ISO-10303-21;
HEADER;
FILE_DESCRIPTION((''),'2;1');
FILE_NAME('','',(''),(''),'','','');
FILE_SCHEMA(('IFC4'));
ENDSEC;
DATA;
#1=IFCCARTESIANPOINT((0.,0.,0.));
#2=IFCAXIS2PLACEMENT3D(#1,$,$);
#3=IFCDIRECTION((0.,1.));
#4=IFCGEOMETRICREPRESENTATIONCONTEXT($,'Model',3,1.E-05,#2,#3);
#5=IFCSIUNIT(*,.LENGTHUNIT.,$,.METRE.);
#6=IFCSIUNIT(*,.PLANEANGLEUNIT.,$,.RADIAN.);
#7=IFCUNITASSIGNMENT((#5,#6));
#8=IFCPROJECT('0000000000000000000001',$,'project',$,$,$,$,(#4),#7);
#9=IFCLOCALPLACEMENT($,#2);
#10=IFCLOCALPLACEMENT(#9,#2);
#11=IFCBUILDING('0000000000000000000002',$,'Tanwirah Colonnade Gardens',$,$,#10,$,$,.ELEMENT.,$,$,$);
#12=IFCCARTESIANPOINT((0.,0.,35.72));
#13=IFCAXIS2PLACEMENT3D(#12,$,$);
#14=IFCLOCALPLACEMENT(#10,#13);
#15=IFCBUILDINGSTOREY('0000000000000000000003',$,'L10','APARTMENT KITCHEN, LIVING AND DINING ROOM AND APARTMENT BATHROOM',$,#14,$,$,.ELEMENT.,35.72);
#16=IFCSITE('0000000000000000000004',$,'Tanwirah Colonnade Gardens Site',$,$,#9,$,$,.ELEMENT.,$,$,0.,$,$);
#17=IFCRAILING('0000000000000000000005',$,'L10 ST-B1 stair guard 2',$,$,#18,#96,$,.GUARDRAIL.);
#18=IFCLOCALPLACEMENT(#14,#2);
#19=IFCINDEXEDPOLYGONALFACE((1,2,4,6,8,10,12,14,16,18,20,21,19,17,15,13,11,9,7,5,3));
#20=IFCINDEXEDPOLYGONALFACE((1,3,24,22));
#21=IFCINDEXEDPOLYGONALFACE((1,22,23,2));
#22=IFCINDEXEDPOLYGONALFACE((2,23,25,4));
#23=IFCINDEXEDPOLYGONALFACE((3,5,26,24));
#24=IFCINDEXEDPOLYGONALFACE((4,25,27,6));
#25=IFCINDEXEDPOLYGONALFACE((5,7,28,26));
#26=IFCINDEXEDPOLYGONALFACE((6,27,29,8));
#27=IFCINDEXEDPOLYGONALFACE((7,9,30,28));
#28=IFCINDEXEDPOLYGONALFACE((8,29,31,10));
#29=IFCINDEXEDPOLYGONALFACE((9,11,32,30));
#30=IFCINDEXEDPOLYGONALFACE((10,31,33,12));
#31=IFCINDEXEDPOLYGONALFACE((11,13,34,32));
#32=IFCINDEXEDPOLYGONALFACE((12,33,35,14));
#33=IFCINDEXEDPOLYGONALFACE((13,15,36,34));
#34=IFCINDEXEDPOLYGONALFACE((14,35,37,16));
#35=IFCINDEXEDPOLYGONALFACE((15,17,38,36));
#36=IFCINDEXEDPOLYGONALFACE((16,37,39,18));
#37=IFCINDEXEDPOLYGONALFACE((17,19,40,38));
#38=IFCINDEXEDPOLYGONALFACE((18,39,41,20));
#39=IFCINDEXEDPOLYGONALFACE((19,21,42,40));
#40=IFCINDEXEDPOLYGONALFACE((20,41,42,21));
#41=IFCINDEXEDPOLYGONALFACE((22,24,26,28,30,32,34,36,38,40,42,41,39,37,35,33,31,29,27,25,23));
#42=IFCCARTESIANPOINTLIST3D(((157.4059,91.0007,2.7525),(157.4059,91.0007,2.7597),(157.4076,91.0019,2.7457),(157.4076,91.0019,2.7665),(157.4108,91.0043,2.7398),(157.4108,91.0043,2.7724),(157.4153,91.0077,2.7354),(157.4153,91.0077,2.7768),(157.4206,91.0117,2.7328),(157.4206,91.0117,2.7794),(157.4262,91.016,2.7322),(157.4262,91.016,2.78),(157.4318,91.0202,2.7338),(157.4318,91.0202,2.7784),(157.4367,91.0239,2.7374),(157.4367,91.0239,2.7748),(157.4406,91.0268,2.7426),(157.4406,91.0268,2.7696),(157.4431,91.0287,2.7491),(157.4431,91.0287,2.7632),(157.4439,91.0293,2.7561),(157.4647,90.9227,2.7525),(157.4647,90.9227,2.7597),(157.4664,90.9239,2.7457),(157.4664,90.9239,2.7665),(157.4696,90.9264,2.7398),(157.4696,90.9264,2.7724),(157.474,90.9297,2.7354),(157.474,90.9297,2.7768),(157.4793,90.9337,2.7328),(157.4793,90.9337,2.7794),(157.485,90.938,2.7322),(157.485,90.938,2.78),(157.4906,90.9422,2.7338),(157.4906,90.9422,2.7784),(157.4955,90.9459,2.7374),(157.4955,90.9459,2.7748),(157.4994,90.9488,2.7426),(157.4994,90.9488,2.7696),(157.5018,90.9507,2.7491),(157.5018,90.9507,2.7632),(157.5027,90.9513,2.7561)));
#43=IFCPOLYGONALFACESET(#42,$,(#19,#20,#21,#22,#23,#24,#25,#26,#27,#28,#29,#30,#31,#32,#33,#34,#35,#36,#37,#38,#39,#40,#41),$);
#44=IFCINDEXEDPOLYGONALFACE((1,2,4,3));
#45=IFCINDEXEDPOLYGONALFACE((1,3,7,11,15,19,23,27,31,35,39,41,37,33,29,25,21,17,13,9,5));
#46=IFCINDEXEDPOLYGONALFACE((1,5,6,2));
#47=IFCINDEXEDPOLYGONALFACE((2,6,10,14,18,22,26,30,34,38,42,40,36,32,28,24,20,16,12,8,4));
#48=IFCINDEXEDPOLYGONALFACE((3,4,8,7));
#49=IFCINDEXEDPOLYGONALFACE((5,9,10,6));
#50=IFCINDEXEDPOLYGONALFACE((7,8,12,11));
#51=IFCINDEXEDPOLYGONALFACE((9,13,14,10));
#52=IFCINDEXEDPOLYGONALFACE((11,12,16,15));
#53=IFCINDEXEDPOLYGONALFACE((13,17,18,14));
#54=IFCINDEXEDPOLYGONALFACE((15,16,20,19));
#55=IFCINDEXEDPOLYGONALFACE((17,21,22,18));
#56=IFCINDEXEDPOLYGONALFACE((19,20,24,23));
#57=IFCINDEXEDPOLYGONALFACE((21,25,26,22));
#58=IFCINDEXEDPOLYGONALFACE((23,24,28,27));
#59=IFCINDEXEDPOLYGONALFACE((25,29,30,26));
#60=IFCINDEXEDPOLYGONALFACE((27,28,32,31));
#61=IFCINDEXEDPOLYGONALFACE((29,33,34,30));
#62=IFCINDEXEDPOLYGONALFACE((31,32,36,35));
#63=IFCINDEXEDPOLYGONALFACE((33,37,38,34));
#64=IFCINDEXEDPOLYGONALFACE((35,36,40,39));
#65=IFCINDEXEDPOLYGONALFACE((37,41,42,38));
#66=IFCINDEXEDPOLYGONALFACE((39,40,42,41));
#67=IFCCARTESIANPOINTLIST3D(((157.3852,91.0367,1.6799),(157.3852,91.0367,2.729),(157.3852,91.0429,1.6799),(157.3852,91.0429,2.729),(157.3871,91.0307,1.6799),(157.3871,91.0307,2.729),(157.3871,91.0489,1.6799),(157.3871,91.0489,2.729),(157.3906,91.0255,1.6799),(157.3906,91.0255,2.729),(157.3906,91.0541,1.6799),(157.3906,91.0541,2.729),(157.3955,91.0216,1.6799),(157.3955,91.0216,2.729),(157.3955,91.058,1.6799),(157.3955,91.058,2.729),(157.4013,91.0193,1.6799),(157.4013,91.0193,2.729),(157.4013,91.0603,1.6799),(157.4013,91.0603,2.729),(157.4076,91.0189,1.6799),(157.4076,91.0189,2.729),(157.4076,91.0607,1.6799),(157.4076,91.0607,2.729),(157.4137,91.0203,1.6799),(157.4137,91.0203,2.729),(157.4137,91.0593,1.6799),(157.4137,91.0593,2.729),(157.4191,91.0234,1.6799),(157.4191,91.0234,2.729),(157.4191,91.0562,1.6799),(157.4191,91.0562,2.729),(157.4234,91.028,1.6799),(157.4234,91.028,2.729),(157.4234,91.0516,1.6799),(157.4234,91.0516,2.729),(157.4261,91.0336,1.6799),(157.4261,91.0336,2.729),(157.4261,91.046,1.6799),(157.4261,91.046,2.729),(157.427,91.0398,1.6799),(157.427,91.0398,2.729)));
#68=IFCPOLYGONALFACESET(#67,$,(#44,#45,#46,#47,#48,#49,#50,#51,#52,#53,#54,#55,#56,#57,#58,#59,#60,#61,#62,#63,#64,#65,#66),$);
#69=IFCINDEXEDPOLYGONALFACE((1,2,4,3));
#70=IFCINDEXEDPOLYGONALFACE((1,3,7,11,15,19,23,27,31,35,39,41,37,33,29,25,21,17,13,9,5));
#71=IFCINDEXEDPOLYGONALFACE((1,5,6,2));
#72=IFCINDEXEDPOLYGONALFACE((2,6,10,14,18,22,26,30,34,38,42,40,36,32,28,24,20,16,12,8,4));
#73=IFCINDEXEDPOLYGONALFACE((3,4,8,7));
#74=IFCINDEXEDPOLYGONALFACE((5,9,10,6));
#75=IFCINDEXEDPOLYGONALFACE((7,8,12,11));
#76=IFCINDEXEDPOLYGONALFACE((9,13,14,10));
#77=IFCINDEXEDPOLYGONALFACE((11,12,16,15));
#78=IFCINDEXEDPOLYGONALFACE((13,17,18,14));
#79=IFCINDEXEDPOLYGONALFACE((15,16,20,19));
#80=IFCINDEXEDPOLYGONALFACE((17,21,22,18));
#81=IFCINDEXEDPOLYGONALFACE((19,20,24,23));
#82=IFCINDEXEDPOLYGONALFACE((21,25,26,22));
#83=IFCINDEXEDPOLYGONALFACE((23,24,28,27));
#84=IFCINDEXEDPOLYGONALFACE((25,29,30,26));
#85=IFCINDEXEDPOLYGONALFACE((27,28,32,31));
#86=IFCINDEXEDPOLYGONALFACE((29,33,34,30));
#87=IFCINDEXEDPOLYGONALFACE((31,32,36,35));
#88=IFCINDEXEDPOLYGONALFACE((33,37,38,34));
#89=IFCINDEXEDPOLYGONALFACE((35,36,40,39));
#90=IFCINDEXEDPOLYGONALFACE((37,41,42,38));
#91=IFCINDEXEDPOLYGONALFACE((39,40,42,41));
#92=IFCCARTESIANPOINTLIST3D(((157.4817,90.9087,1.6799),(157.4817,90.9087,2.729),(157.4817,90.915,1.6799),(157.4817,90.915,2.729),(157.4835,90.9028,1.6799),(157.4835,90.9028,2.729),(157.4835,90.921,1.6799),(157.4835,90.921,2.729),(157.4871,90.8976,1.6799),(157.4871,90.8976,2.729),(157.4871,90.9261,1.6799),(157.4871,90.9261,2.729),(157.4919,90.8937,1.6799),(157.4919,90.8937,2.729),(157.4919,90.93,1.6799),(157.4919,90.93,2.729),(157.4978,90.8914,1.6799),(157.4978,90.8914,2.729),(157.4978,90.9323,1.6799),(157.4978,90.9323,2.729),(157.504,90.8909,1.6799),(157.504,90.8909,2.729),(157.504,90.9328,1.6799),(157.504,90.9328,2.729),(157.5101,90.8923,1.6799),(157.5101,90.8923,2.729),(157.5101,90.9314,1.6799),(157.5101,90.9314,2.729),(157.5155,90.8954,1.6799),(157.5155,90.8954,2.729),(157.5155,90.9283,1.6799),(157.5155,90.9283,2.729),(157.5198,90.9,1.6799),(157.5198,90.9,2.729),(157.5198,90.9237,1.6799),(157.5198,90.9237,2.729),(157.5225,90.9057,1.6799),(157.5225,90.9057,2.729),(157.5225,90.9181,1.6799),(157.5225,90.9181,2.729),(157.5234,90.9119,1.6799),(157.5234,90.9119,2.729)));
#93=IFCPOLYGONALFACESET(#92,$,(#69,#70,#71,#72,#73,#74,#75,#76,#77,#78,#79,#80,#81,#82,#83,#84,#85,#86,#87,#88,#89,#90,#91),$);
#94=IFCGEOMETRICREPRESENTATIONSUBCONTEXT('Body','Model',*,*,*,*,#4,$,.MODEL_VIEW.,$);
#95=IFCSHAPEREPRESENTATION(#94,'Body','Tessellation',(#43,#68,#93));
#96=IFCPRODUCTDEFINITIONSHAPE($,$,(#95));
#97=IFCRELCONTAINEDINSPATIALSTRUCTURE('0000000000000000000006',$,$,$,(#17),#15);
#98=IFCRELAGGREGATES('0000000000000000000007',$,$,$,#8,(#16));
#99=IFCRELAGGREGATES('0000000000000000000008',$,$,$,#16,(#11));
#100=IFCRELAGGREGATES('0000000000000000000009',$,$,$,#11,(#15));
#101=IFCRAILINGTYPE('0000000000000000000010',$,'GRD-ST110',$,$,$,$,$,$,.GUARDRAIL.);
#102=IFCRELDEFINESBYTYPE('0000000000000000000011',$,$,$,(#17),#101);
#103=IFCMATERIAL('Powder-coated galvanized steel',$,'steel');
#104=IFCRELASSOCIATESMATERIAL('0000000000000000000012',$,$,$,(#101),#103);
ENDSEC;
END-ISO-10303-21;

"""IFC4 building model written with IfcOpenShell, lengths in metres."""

from ifc_helpers import new_model, si_unit, direction, frame, origin, origin_2d, place, context, subcontext, project, spatial, circle, extrude, material, type_object, element, save


model = new_model("IFC4")

# Units and contexts
model_context = context("Model", 3, precision=1e-05, world=origin(), true_north=direction((0.0, 1.0)))
body_context = subcontext(model_context, "Body", "Model", "MODEL_VIEW")
ifc_project = project(units=[si_unit("LENGTHUNIT", "METRE"), si_unit("PLANEANGLEUNIT", "RADIAN")], contexts=[model_context])

# Site, building, storey
site_placement = place(None, origin())
site = spatial("IfcSite", under=ifc_project, at=site_placement, Name="Tanwirah Colonnade Gardens Site", CompositionType="ELEMENT", RefElevation=0.0)
building_placement = place(site_placement, origin())
building = spatial("IfcBuilding", under=site, at=building_placement, Name="Tanwirah Colonnade Gardens", CompositionType="ELEMENT")
storey_placement = place(building_placement, frame((0.0, 0.0, 35.72)))
storey = spatial("IfcBuildingStorey", under=building, at=storey_placement, Name="L10", Description="APARTMENT KITCHEN, LIVING AND DINING ROOM AND APARTMENT BATHROOM", CompositionType="ELEMENT", Elevation=35.72)

# Railing
ifc_material_1 = material(Name="Powder-coated galvanized steel", Category="steel")
railing_type_1 = type_object("IfcRailingType", Name="GRD-ST110", PredefinedType="GUARDRAIL", material=ifc_material_1)
railing_1_placement = place(storey_placement, frame((157.406, 91.0398, 1.6799)))
element("IfcRailing", 1, at=railing_1_placement, inside=storey, type_object=railing_type_1, Name="L10 ST-B1 stair guard 2", PredefinedType="GUARDRAIL", context=body_context, shape_type="SweptSolid", body=[
    extrude(circle(Radius=0.0239, at=origin_2d()), frame((0.0188, -0.0249, 1.0762), z_axis=(0.601949, -0.798535, 0.0), x_axis=(0.798535, 0.601949, 0.0)), (0.0, 0.0, 1.0), 0.0977),
    extrude(circle(Radius=0.021, at=origin_2d()), origin(), (0.0, 0.0, 1.0), 1.0491),
    extrude(circle(Radius=0.021, at=origin_2d()), frame((0.0964, -0.1279, 0.0)), (0.0, 0.0, 1.0), 1.0491),
])

save(model, "model.ifc")
